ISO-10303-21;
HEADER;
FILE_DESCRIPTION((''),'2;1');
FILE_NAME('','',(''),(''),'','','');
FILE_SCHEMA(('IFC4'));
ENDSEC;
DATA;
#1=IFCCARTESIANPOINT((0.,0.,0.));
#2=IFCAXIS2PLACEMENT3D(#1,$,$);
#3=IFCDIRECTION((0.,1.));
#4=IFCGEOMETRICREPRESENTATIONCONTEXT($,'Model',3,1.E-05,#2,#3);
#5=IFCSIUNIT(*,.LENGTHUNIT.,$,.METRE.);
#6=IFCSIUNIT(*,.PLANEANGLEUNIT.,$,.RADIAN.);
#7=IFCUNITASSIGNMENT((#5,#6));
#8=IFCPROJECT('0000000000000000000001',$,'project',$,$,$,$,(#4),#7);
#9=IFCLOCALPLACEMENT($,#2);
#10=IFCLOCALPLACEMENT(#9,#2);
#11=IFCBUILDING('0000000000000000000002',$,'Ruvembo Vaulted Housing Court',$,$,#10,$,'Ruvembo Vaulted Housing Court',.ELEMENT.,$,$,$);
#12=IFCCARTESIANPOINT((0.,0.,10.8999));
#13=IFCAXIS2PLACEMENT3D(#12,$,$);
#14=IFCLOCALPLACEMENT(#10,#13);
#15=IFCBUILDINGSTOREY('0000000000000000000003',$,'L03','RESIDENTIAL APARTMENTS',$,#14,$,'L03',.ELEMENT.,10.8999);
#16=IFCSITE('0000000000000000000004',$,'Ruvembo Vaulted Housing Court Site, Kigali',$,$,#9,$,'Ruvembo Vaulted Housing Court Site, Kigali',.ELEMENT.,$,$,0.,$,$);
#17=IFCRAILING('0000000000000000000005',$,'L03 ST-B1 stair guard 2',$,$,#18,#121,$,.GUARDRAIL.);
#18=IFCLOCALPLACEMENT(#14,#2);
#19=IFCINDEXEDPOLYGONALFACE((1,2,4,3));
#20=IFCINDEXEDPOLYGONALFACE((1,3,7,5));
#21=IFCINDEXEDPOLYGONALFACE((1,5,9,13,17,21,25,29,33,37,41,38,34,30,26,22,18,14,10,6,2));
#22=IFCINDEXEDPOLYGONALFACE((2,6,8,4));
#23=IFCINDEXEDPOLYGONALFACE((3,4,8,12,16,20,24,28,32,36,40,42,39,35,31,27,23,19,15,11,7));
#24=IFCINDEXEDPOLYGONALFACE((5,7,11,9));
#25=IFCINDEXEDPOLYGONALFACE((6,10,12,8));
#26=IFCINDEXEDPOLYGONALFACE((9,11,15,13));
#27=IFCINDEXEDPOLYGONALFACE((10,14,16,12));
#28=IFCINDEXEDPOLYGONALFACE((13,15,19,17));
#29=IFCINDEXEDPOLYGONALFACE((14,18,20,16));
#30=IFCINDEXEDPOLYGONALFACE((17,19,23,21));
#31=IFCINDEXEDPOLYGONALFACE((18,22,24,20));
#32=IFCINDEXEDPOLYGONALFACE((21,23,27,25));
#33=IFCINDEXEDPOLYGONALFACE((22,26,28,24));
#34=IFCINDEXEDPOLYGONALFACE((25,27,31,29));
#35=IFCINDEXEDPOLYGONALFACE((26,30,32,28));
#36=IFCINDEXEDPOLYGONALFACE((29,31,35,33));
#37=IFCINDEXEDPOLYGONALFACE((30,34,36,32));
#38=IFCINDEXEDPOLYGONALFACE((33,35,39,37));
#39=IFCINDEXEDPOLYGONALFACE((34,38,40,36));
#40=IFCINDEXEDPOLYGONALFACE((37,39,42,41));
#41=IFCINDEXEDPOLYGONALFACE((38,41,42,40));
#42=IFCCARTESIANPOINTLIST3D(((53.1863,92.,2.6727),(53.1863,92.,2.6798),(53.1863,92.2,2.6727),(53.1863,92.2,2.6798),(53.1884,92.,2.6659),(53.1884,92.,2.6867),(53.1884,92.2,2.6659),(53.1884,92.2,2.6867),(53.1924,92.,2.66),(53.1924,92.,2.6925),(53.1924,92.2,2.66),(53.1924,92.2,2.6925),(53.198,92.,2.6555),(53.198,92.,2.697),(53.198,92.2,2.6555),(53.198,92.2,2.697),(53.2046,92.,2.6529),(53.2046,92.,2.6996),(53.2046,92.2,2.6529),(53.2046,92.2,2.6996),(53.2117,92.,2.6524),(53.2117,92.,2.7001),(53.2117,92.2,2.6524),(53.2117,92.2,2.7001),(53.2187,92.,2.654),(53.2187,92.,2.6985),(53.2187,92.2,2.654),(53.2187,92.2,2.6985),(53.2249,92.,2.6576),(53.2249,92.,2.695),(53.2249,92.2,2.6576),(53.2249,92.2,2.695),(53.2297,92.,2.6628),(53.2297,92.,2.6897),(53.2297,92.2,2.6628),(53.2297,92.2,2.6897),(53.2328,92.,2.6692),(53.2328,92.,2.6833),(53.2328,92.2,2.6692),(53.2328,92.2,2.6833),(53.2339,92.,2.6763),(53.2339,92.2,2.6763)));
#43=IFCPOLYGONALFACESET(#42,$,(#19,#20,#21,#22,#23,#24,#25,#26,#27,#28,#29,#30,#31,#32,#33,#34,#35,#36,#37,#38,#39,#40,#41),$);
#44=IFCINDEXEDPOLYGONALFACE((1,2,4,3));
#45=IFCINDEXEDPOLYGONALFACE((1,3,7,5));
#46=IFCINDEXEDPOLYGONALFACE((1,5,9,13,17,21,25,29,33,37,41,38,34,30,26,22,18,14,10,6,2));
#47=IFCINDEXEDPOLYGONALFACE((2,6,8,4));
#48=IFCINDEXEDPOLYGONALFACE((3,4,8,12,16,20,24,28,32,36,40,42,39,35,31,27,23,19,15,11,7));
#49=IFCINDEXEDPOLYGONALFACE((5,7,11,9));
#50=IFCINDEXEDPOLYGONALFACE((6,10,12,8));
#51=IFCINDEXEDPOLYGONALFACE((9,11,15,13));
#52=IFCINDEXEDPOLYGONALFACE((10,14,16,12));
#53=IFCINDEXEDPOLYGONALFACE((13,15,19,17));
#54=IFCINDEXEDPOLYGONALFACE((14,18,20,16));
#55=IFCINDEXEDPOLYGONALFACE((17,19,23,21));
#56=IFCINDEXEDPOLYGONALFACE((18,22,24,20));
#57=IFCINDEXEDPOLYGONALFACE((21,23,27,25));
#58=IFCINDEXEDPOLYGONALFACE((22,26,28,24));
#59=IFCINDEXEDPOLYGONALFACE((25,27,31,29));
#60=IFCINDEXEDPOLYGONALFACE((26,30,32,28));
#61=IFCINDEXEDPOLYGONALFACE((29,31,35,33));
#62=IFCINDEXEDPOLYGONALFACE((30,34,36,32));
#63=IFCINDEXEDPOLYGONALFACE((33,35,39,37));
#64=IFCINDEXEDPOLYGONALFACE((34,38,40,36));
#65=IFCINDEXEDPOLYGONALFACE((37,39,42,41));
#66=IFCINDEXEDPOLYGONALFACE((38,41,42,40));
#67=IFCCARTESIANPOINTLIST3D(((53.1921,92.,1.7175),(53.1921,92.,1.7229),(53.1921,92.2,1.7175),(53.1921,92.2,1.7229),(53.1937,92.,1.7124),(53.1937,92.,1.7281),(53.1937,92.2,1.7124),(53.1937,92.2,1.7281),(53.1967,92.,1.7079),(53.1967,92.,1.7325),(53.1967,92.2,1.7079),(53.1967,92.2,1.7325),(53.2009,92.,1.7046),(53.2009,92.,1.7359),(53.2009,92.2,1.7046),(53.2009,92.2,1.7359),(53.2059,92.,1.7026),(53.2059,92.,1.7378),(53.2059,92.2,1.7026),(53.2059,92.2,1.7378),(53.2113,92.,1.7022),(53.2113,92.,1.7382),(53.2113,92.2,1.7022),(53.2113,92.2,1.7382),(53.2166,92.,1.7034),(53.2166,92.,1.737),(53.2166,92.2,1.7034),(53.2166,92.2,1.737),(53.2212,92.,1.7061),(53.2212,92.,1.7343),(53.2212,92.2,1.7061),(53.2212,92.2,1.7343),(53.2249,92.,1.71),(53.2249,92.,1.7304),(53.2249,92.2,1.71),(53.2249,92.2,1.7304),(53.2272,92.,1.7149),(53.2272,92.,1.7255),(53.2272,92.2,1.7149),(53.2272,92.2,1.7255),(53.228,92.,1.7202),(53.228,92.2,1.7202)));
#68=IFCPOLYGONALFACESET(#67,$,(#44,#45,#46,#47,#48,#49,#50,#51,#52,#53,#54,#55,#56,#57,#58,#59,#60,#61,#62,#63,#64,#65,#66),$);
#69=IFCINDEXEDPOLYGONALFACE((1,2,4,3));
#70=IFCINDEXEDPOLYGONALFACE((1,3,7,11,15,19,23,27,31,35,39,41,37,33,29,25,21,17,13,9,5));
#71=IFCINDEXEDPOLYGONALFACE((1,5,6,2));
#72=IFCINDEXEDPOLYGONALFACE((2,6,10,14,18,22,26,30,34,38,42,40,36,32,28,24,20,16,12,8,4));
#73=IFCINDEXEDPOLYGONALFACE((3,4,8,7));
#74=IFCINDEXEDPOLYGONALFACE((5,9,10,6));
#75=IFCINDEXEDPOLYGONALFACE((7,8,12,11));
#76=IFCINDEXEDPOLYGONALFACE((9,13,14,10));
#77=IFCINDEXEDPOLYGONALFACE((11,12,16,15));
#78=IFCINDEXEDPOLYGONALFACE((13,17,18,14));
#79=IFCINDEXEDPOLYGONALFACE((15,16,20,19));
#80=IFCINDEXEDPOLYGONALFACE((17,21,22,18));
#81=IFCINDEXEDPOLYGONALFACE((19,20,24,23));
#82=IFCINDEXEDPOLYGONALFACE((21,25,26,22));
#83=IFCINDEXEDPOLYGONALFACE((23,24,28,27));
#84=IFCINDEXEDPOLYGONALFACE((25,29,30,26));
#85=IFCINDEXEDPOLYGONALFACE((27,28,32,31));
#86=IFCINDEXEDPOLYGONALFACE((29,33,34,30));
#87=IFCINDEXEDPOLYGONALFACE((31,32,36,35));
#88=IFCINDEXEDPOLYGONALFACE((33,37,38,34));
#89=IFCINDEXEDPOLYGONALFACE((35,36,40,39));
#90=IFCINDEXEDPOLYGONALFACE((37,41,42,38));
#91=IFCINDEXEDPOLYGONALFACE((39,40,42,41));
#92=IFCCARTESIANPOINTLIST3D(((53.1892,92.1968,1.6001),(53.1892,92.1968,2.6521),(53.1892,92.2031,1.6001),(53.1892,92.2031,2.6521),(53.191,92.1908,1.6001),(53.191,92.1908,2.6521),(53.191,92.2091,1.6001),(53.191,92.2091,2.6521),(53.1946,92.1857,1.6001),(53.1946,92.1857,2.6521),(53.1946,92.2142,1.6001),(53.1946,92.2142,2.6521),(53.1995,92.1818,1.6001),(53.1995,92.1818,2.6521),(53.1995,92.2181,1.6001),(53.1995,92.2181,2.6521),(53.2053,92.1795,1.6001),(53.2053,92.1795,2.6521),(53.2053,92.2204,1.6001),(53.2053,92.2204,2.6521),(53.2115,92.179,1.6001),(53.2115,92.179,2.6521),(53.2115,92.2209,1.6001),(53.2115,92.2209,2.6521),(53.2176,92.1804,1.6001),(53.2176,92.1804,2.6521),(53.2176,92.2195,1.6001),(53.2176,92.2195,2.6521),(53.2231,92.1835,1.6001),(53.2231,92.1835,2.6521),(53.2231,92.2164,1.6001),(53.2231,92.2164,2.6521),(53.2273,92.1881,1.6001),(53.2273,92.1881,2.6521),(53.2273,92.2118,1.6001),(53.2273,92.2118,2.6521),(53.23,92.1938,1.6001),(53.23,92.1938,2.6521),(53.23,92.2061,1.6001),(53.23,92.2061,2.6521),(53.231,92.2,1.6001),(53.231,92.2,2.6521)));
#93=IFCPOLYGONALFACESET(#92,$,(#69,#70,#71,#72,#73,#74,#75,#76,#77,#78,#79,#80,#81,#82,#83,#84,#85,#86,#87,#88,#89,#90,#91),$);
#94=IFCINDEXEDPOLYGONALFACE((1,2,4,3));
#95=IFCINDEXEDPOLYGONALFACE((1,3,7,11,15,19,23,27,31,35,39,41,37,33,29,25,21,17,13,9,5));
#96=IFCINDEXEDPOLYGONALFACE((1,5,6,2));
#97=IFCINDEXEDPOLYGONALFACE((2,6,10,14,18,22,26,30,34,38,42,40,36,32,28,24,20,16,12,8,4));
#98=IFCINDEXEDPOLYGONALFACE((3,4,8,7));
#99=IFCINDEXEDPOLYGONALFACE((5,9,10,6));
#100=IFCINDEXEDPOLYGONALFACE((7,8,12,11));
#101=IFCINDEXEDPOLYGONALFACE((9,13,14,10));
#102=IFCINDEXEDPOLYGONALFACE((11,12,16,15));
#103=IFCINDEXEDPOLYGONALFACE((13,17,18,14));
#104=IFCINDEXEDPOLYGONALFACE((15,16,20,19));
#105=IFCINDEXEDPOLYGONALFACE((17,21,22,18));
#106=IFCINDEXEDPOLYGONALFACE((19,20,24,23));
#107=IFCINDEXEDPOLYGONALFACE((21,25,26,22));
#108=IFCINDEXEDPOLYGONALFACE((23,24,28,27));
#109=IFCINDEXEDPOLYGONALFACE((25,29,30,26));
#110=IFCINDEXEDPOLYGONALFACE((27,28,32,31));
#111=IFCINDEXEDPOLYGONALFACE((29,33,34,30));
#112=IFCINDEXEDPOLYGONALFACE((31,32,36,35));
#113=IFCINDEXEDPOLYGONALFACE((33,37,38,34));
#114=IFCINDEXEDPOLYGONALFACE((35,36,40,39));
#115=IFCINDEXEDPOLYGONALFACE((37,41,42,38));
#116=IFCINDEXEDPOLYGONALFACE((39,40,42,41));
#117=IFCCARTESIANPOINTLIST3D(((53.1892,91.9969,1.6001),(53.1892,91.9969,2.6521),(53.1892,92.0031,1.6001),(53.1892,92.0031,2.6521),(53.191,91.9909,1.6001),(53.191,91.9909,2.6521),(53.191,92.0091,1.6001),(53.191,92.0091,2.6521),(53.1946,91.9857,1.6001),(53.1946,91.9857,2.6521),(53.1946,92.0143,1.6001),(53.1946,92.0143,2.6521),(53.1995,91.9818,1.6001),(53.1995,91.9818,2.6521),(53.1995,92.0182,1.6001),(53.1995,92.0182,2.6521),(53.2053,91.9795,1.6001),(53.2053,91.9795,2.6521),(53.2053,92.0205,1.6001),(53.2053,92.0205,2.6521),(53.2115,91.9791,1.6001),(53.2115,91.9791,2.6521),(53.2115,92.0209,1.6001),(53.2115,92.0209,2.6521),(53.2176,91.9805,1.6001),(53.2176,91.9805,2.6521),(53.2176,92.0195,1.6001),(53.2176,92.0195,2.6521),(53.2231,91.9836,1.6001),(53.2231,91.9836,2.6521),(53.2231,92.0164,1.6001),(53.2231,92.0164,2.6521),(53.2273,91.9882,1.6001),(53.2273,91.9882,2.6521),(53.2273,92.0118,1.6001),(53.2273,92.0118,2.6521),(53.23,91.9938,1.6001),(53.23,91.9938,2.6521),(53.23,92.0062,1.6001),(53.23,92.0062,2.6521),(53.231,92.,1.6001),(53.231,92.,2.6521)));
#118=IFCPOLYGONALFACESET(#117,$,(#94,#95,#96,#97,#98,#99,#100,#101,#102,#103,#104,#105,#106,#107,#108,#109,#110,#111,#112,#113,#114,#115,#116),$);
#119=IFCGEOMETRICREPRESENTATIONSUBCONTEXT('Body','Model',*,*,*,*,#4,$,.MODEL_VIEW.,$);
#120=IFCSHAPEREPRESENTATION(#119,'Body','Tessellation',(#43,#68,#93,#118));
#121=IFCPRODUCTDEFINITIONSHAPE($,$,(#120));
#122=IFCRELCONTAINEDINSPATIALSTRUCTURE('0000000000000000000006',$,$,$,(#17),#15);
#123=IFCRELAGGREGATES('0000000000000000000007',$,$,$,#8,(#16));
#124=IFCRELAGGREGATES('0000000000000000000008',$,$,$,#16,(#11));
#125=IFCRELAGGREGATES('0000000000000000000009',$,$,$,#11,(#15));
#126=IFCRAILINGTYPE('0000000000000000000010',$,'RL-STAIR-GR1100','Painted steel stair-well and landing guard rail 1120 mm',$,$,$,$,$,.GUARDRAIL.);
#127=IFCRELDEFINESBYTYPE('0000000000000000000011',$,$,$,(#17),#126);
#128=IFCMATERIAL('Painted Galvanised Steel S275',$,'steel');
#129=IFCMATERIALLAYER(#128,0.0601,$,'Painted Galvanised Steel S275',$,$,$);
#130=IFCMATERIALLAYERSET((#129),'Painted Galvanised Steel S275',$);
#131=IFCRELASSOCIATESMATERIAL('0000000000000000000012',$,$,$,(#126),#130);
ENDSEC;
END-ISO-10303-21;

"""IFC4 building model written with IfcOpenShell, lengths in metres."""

from ifc_helpers import new_model, si_unit, direction, frame, origin, origin_2d, place, context, subcontext, project, spatial, circle, extrude, material, layer, layer_set, type_object, element, save


model = new_model("IFC4")

# Units and contexts
model_context = context("Model", 3, precision=1e-05, world=origin(), true_north=direction((0.0, 1.0)))
body_context = subcontext(model_context, "Body", "Model", "MODEL_VIEW")
ifc_project = project(units=[si_unit("LENGTHUNIT", "METRE"), si_unit("PLANEANGLEUNIT", "RADIAN")], contexts=[model_context])

# Site, building, storey
site_placement = place(None, origin())
site = spatial("IfcSite", under=ifc_project, at=site_placement, Name="Ruvembo Vaulted Housing Court Site, Kigali", LongName="Ruvembo Vaulted Housing Court Site, Kigali", CompositionType="ELEMENT", RefElevation=0.0)
building_placement = place(site_placement, origin())
building = spatial("IfcBuilding", under=site, at=building_placement, Name="Ruvembo Vaulted Housing Court", LongName="Ruvembo Vaulted Housing Court", CompositionType="ELEMENT")
storey_placement = place(building_placement, frame((0.0, 0.0, 10.8999)))
storey = spatial("IfcBuildingStorey", under=building, at=storey_placement, Name="L03", Description="RESIDENTIAL APARTMENTS", LongName="L03", CompositionType="ELEMENT", Elevation=10.8999)

# Railing
ifc_material_1 = material(Name="Painted Galvanised Steel S275", Category="steel")
ifc_layer_1 = layer(ifc_material_1, 0.0601, Name="Painted Galvanised Steel S275")
ifc_layer_set_1 = layer_set([ifc_layer_1], Name="Painted Galvanised Steel S275")
railing_type_1 = type_object("IfcRailingType", Name="RL-STAIR-GR1100", Description="Painted steel stair-well and landing guard rail 1120 mm", PredefinedType="GUARDRAIL", material=ifc_layer_set_1)
railing_1_placement = place(storey_placement, frame((53.21, 92.2, 1.6001)))
element("IfcRailing", 1, at=railing_1_placement, inside=storey, type_object=railing_type_1, Name="L03 ST-B1 stair guard 2", PredefinedType="GUARDRAIL", context=body_context, shape_type="SweptSolid", body=[
    extrude(circle(Radius=0.0239, at=origin_2d()), frame((0.0, 0.0, 1.0762), z_axis=(0.0, -1.0, 0.0), x_axis=(1.0, 0.0, 0.0)), (0.0, 0.0, 1.0), 0.2),
    extrude(circle(Radius=0.0181, at=origin_2d()), frame((0.0, 0.0, 0.1201), z_axis=(0.0, -1.0, 0.0), x_axis=(1.0, 0.0, 0.0)), (0.0, 0.0, 1.0), 0.2),
    extrude(circle(Radius=0.021, at=origin_2d()), origin(), (0.0, 0.0, 1.0), 1.052),
    extrude(circle(Radius=0.021, at=origin_2d()), frame((0.0, -0.2, 0.0)), (0.0, 0.0, 1.0), 1.052),
])

save(model, "model.ifc")
